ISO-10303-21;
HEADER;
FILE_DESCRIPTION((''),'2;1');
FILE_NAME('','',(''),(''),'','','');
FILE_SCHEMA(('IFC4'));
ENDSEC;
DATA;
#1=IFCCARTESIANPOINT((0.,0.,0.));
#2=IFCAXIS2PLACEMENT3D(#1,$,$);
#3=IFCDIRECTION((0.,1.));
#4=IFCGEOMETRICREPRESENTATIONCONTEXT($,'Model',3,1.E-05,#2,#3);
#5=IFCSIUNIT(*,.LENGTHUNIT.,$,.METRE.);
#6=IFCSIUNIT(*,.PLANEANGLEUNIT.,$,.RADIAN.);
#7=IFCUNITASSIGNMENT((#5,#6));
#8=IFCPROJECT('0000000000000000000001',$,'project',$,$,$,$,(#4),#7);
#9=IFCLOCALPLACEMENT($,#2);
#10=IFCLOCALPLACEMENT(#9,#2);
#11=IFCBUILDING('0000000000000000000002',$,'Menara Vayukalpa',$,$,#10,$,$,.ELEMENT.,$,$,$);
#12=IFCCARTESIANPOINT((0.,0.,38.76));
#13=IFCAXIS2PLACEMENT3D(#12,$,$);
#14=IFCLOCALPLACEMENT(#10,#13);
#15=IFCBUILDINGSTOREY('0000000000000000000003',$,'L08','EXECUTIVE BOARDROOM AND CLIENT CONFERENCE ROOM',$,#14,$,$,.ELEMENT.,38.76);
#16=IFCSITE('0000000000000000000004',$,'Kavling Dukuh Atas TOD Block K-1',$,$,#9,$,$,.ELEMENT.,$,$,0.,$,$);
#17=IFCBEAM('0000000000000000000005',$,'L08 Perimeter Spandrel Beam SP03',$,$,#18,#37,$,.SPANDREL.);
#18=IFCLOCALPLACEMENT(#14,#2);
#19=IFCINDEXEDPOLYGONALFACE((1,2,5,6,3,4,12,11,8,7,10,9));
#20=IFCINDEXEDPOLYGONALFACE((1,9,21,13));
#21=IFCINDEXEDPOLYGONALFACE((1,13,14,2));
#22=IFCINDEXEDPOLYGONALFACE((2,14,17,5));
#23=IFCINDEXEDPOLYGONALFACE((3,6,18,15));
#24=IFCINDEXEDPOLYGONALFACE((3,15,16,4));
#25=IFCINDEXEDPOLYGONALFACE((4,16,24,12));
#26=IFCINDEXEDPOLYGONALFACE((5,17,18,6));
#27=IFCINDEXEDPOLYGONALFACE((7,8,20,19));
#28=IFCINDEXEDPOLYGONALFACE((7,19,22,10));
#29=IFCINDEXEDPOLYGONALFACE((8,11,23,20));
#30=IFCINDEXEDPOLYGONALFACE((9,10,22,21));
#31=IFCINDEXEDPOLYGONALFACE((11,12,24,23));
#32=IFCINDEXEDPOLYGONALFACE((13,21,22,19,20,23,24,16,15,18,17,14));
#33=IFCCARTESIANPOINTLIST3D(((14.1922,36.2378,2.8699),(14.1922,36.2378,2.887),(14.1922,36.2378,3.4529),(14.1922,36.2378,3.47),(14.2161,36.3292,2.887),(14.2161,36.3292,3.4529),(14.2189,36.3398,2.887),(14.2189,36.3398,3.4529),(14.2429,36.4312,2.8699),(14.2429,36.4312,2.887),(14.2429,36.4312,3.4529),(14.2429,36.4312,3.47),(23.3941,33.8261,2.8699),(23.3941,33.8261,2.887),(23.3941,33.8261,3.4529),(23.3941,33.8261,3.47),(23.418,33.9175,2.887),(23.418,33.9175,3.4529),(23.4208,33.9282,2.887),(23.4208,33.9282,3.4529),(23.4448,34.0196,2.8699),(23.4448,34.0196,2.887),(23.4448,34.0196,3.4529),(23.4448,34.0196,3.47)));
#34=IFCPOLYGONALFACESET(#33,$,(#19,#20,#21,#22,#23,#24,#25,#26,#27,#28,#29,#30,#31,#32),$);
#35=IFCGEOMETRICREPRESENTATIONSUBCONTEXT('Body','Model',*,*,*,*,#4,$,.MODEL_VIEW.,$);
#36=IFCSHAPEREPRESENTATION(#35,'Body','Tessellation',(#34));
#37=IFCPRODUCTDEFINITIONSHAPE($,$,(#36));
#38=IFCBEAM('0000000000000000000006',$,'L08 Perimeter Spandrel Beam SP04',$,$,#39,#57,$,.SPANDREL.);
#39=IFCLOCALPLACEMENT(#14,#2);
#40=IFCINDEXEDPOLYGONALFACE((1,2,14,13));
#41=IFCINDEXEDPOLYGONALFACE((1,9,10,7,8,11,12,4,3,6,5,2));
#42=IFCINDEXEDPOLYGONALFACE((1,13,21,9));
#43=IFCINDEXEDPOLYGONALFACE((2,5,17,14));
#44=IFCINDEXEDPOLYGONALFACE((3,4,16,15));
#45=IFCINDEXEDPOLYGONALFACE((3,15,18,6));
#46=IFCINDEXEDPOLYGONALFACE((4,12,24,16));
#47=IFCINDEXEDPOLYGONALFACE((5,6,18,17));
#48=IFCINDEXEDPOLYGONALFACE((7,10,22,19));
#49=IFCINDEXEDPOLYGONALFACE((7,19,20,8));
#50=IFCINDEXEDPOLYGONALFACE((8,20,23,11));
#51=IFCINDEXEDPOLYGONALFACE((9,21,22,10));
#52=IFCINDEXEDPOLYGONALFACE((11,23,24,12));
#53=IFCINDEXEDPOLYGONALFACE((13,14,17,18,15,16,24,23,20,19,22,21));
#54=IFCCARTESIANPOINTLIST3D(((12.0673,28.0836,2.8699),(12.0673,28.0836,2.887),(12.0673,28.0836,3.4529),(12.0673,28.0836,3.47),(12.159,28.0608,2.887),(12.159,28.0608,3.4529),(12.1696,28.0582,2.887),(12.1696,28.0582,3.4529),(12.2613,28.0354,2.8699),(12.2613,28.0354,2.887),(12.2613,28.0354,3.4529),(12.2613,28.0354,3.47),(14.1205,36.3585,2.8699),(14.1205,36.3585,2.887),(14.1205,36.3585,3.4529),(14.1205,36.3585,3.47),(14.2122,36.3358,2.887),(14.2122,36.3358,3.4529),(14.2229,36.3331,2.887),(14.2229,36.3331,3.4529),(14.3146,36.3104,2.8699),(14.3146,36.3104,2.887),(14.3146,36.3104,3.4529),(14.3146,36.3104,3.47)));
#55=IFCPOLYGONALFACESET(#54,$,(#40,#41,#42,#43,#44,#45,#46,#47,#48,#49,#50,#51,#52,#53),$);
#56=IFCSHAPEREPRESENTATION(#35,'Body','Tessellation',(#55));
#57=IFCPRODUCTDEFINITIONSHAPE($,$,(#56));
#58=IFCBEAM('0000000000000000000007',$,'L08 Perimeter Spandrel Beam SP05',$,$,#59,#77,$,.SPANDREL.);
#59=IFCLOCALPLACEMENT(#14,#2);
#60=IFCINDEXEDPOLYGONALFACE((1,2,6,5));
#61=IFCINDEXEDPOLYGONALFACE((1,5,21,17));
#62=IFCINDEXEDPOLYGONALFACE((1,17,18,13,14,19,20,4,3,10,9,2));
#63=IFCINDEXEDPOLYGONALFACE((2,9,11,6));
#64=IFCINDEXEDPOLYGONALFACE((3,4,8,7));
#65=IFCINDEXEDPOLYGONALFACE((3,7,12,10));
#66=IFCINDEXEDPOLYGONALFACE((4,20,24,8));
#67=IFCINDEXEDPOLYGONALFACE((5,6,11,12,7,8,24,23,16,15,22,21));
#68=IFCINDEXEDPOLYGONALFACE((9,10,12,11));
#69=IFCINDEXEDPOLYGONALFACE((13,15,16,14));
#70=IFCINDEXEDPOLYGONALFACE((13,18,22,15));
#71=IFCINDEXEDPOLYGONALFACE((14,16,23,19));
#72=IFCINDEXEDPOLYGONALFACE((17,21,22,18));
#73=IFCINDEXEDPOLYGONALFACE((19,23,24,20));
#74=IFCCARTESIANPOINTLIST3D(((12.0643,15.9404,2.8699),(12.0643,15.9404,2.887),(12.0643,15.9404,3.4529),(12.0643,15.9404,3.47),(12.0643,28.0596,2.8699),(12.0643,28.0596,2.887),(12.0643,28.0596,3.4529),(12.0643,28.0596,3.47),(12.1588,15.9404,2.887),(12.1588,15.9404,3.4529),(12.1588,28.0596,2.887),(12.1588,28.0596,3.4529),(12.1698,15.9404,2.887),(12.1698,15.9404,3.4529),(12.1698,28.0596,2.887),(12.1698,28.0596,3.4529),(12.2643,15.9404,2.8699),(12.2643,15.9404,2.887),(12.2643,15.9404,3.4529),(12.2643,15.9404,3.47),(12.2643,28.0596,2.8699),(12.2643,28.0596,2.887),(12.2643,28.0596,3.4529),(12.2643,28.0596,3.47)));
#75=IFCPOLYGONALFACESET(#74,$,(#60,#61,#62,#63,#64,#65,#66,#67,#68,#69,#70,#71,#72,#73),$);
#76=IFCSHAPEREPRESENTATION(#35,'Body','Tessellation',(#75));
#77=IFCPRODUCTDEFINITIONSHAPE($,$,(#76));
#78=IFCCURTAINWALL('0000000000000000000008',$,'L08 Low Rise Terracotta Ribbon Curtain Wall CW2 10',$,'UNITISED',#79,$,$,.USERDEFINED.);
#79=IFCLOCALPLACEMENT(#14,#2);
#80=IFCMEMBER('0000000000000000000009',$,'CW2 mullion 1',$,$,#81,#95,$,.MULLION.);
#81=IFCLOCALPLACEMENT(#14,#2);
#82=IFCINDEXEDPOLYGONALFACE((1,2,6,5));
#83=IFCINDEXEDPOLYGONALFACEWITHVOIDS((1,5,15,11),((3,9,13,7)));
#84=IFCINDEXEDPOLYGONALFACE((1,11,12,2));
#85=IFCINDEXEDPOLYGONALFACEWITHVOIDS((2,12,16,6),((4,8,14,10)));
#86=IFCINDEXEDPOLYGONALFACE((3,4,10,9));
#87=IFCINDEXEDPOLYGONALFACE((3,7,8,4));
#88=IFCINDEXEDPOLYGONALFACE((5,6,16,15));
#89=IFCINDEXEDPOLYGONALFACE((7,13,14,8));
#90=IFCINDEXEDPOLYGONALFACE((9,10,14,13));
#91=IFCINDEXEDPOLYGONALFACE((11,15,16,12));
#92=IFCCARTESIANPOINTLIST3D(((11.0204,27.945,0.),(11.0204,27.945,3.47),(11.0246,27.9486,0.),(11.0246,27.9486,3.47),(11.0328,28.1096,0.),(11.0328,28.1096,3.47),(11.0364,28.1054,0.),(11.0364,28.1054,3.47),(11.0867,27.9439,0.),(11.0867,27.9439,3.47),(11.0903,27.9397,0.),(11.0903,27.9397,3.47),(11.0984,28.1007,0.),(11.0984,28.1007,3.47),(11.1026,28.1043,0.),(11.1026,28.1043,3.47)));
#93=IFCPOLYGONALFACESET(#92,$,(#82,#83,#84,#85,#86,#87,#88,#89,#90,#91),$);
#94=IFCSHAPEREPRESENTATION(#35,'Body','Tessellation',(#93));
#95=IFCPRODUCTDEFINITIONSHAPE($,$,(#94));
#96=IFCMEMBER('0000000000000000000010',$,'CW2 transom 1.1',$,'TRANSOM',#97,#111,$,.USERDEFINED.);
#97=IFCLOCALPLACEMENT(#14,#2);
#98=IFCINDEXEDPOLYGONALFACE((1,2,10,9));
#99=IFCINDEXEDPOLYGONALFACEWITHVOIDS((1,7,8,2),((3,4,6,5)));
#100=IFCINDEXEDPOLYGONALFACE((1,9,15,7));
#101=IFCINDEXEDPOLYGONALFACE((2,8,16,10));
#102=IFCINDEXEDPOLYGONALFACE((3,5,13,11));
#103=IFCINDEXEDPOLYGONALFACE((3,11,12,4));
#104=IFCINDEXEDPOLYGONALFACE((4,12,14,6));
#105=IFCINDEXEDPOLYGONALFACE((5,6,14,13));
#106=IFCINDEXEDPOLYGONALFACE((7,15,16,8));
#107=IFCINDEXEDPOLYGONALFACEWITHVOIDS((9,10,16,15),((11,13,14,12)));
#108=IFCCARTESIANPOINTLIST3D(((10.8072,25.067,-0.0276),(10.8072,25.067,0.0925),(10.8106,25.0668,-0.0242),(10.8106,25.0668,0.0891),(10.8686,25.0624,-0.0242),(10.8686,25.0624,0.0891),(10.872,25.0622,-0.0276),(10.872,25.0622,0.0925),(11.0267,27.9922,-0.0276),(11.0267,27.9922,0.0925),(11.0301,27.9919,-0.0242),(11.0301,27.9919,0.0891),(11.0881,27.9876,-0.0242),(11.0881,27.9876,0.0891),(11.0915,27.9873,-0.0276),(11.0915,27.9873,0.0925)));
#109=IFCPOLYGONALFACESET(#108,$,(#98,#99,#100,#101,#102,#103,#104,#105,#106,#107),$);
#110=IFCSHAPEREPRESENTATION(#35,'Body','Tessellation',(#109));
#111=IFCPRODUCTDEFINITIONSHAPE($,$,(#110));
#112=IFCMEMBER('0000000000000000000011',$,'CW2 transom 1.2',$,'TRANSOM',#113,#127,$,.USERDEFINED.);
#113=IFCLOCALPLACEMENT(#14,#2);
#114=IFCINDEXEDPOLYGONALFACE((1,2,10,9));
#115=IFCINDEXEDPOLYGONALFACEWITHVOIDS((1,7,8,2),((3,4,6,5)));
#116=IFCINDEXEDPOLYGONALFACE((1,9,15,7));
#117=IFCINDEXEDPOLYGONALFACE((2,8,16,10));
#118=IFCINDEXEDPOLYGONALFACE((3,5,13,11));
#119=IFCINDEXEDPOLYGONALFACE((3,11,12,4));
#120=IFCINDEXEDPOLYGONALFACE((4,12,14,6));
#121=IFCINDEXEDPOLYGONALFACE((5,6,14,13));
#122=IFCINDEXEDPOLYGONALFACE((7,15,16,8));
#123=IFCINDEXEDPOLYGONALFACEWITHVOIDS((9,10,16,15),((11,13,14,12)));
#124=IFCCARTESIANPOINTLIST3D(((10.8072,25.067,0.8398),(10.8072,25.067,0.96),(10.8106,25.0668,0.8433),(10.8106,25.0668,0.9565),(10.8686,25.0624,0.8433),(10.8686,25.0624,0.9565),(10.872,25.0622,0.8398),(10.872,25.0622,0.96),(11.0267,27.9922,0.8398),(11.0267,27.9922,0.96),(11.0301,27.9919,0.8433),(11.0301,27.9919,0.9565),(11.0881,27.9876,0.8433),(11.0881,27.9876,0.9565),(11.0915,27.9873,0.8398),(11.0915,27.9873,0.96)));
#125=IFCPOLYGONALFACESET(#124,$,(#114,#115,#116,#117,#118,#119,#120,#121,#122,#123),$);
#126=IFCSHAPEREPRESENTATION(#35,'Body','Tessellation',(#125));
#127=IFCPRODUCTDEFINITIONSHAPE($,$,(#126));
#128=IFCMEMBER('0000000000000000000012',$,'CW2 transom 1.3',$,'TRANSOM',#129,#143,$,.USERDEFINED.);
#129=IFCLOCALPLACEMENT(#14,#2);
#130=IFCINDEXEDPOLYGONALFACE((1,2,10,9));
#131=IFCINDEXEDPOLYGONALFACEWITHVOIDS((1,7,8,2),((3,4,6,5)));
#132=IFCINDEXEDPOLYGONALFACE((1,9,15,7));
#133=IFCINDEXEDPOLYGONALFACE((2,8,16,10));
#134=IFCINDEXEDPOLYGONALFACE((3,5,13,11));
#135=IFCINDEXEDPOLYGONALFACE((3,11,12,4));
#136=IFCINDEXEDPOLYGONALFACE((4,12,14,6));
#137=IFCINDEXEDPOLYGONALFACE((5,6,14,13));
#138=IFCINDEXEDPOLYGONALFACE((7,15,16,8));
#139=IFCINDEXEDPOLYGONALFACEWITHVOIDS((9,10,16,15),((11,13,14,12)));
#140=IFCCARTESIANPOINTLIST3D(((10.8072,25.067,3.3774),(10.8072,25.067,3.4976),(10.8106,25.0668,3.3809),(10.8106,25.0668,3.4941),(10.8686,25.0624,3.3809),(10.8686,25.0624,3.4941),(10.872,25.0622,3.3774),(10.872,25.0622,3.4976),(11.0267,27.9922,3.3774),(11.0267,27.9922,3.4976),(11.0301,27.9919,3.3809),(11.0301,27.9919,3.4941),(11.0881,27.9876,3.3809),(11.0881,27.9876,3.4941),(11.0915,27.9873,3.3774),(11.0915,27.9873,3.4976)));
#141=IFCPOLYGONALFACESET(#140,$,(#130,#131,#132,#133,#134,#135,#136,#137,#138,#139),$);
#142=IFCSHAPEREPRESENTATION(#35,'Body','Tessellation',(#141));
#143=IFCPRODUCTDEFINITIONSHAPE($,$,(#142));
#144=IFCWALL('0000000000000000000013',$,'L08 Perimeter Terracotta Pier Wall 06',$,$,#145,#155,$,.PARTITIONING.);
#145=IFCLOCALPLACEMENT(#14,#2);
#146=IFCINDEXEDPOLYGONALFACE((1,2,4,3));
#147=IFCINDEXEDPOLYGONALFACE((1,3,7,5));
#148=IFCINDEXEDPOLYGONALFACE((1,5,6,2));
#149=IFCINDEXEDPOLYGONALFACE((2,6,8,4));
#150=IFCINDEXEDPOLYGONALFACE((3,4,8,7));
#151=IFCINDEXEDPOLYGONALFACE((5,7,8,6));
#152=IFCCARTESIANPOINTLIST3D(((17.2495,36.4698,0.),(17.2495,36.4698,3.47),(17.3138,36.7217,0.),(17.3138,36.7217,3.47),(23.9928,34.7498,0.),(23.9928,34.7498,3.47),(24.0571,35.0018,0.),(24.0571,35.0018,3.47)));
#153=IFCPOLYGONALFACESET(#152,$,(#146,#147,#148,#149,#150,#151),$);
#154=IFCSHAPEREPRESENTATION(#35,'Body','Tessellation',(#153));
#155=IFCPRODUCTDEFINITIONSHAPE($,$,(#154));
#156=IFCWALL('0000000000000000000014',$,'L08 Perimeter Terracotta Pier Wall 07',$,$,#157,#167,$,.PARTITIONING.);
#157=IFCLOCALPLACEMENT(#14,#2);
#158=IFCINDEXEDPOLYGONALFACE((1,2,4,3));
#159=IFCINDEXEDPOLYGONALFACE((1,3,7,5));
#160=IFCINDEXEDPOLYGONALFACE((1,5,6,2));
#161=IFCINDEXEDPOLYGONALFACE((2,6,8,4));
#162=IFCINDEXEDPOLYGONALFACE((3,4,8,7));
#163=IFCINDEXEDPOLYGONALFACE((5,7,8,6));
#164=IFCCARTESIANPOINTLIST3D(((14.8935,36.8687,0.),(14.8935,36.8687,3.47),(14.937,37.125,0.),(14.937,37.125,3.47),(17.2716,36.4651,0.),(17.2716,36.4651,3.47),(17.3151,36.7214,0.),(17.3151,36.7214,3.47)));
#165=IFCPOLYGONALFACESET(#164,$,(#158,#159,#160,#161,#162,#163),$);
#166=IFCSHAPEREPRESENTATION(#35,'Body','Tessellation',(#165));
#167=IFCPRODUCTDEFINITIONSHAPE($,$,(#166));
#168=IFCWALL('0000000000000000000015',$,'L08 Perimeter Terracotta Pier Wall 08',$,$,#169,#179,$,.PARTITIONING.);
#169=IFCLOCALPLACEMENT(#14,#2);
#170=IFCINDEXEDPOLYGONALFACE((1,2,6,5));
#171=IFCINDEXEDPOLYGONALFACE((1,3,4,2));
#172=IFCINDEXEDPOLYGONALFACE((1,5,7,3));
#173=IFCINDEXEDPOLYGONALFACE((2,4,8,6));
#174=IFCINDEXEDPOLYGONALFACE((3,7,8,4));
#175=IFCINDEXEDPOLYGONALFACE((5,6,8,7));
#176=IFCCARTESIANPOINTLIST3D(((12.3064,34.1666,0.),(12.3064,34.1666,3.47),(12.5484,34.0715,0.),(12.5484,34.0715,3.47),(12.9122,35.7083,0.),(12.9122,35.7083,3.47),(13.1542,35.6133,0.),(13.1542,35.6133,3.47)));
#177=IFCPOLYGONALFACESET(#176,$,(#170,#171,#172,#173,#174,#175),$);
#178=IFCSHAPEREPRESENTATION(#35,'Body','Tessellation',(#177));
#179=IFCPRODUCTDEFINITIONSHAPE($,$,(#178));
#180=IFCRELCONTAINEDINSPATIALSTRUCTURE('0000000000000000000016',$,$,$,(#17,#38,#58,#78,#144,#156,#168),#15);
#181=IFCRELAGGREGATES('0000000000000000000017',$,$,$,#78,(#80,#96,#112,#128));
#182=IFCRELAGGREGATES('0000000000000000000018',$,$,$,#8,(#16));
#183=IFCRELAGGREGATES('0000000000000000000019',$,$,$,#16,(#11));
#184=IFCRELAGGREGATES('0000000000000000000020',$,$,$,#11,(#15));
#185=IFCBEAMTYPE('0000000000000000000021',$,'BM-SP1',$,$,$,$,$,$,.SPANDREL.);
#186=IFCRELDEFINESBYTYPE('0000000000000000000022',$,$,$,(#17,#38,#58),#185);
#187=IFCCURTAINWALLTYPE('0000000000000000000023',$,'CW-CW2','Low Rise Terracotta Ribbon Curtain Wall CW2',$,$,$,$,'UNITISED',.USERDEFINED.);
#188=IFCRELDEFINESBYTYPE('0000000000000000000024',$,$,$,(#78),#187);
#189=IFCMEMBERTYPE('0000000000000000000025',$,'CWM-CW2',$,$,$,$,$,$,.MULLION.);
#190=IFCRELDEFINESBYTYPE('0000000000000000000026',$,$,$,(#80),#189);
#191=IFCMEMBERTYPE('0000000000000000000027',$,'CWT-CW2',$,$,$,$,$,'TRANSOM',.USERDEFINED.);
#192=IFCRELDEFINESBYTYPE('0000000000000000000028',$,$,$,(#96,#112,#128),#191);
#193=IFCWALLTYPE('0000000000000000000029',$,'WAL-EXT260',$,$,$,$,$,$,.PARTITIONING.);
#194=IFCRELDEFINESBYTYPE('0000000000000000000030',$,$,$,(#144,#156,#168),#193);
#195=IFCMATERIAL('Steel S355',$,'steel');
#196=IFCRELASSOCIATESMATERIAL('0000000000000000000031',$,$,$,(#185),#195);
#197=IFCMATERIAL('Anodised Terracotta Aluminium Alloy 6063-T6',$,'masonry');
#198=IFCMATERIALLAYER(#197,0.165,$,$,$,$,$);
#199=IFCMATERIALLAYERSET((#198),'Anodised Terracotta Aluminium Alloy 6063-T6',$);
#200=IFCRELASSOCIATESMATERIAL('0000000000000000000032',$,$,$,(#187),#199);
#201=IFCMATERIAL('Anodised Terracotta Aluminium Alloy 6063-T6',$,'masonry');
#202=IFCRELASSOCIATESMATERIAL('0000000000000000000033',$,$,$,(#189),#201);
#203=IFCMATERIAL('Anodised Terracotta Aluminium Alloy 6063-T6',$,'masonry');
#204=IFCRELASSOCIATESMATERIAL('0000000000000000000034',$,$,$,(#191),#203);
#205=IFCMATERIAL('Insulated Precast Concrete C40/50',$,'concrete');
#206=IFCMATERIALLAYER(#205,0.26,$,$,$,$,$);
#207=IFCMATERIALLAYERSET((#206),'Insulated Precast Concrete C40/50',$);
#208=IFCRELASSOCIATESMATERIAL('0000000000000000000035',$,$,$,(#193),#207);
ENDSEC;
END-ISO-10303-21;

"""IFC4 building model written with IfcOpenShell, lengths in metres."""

from ifc_helpers import new_model, si_unit, direction, frame, frame_2d, origin, origin_2d, place, context, subcontext, project, spatial, rectangle, hollow_rectangle, i_section, extrude, material, layer, layer_set, material_profile, profile_set, type_object, element, aggregate, save


model = new_model("IFC4")

# Units and contexts
model_context = context("Model", 3, precision=1e-05, world=origin(), true_north=direction((0.0, 1.0)))
body_context = subcontext(model_context, "Body", "Model", "MODEL_VIEW")
ifc_project = project(units=[si_unit("LENGTHUNIT", "METRE"), si_unit("PLANEANGLEUNIT", "RADIAN")], contexts=[model_context])

# Site, building, storey
site_placement = place(None, origin())
site = spatial("IfcSite", under=ifc_project, at=site_placement, Name="Kavling Dukuh Atas TOD Block K-1", CompositionType="ELEMENT", RefElevation=0.0)
building_placement = place(site_placement, origin())
building = spatial("IfcBuilding", under=site, at=building_placement, Name="Menara Vayukalpa", CompositionType="ELEMENT")
storey_placement = place(building_placement, frame((0.0, 0.0, 38.76)))
storey = spatial("IfcBuildingStorey", under=building, at=storey_placement, Name="L08", Description="EXECUTIVE BOARDROOM AND CLIENT CONFERENCE ROOM", CompositionType="ELEMENT", Elevation=38.76)

# Beams
ifc_material_1 = material(Name="Steel S355", Category="steel")
ifc_material_profile_1 = material_profile(ifc_material_1, i_section(OverallWidth=0.2, OverallDepth=0.6001, WebThickness=0.011, FlangeThickness=0.0171, at=origin_2d()), Name="WF 600x200x11x17")
ifc_profile_set_1 = profile_set([ifc_material_profile_1], Name="Steel S355")
beam_type_1 = type_object("IfcBeamType", Name="BM-SP1", PredefinedType="SPANDREL", material=ifc_profile_set_1)
beam_1_placement = place(storey_placement, frame((23.4194, 33.9229, 3.1699), z_axis=(-0.967331, 0.253517, 0.0), x_axis=(-0.253517, -0.967331, 0.0)))
element("IfcBeam", 1, at=beam_1_placement, inside=storey, type_object=beam_type_1, Name="L08 Perimeter Spandrel Beam SP03", PredefinedType="SPANDREL", context=body_context, shape_type="SweptSolid", body=[
    extrude(i_section(OverallWidth=0.2, OverallDepth=0.6001, WebThickness=0.011, FlangeThickness=0.0171, at=origin_2d()), origin(), (0.0, 0.0, 1.0), 9.5127),
])
beam_2_placement = place(storey_placement, frame((14.2175, 36.3345, 3.1699), z_axis=(-0.240824, -0.970569, 0.0), x_axis=(0.970569, -0.240824, 0.0)))
element("IfcBeam", 2, at=beam_2_placement, inside=storey, type_object=beam_type_1, Name="L08 Perimeter Spandrel Beam SP04", PredefinedType="SPANDREL", context=body_context, shape_type="SweptSolid", body=[
    extrude(i_section(OverallWidth=0.2, OverallDepth=0.6001, WebThickness=0.011, FlangeThickness=0.0171, at=origin_2d()), origin(), (0.0, 0.0, 1.0), 8.5259),
])
beam_3_placement = place(storey_placement, frame((12.1643, 28.0596, 3.1699), z_axis=(0.0, -1.0, 0.0), x_axis=(1.0, 0.0, 0.0)))
element("IfcBeam", 3, at=beam_3_placement, inside=storey, type_object=beam_type_1, Name="L08 Perimeter Spandrel Beam SP05", PredefinedType="SPANDREL", context=body_context, shape_type="SweptSolid", body=[
    extrude(i_section(OverallWidth=0.2, OverallDepth=0.6001, WebThickness=0.011, FlangeThickness=0.0171, at=origin_2d()), origin(), (0.0, 0.0, 1.0), 12.1191),
])

# Curtain wall, members
ifc_material_2 = material(Name="Anodised Terracotta Aluminium Alloy 6063-T6", Category="masonry")
ifc_layer_1 = layer(ifc_material_2, 0.165)
ifc_layer_set_1 = layer_set([ifc_layer_1], Name="Anodised Terracotta Aluminium Alloy 6063-T6")
curtain_wall_type = type_object("IfcCurtainWallType", Name="CW-CW2", Description="Low Rise Terracotta Ribbon Curtain Wall CW2", ElementType="UNITISED", PredefinedType="USERDEFINED", material=ifc_layer_set_1)
curtain_wall_placement = place(storey_placement, origin())
curtain_wall = element("IfcCurtainWall", 4, at=curtain_wall_placement, inside=storey, type_object=curtain_wall_type, Name="L08 Low Rise Terracotta Ribbon Curtain Wall CW2 10", ObjectType="UNITISED", PredefinedType="USERDEFINED")
ifc_material_3 = material(Name="Anodised Terracotta Aluminium Alloy 6063-T6", Category="masonry")
ifc_material_profile_2 = material_profile(ifc_material_3, hollow_rectangle(XDim=0.0701, YDim=0.165, WallThickness=0.0039, at=origin_2d()), Name="ALU 70x165x4")
ifc_profile_set_2 = profile_set([ifc_material_profile_2], Name="Anodised Terracotta Aluminium Alloy 6063-T6")
member_type_1 = type_object("IfcMemberType", Name="CWM-CW2", PredefinedType="MULLION", material=ifc_profile_set_2)
member_1_placement = place(storey_placement, frame((11.0615, 28.0247, 0.0), z_axis=(0.0, 0.0, 1.0), x_axis=(0.997199, -0.074795, 0.0)))
member_1 = element("IfcMember", 5, at=member_1_placement, type_object=member_type_1, Name="CW2 mullion 1", PredefinedType="MULLION", context=body_context, shape_type="SweptSolid", body=[
    extrude(hollow_rectangle(XDim=0.0701, YDim=0.165, WallThickness=0.0039, at=origin_2d()), origin(), (0.0, 0.0, 1.0), 3.47),
])
ifc_material_4 = material(Name="Anodised Terracotta Aluminium Alloy 6063-T6", Category="masonry")
ifc_material_profile_3 = material_profile(ifc_material_4, hollow_rectangle(XDim=0.0649, YDim=0.1201, WallThickness=0.0034, at=origin_2d()), Name="ALU 65x120x3.5")
ifc_profile_set_3 = profile_set([ifc_material_profile_3], Name="Anodised Terracotta Aluminium Alloy 6063-T6")
member_type_2 = type_object("IfcMemberType", Name="CWT-CW2", ElementType="TRANSOM", PredefinedType="USERDEFINED", material=ifc_profile_set_3)
member_2_placement = place(storey_placement, frame((11.0591, 27.9897, 0.0325), z_axis=(-0.074825, -0.997197, 0.0), x_axis=(0.997197, -0.074825, 0.0)))
member_2 = element("IfcMember", 6, at=member_2_placement, type_object=member_type_2, Name="CW2 transom 1.1", ObjectType="TRANSOM", PredefinedType="USERDEFINED", context=body_context, shape_type="SweptSolid", body=[
    extrude(hollow_rectangle(XDim=0.0649, YDim=0.1201, WallThickness=0.0034, at=origin_2d()), origin(), (0.0, 0.0, 1.0), 2.9333),
])
member_3_placement = place(storey_placement, frame((11.0591, 27.9897, 0.8999), z_axis=(-0.074825, -0.997197, 0.0), x_axis=(0.997197, -0.074825, 0.0)))
member_3 = element("IfcMember", 7, at=member_3_placement, type_object=member_type_2, Name="CW2 transom 1.2", ObjectType="TRANSOM", PredefinedType="USERDEFINED", context=body_context, shape_type="SweptSolid", body=[
    extrude(hollow_rectangle(XDim=0.0649, YDim=0.1201, WallThickness=0.0034, at=origin_2d()), origin(), (0.0, 0.0, 1.0), 2.9333),
])
member_4_placement = place(storey_placement, frame((11.0591, 27.9897, 3.4375), z_axis=(-0.074825, -0.997197, 0.0), x_axis=(0.997197, -0.074825, 0.0)))
member_4 = element("IfcMember", 8, at=member_4_placement, type_object=member_type_2, Name="CW2 transom 1.3", ObjectType="TRANSOM", PredefinedType="USERDEFINED", context=body_context, shape_type="SweptSolid", body=[
    extrude(hollow_rectangle(XDim=0.0649, YDim=0.1201, WallThickness=0.0034, at=origin_2d()), origin(), (0.0, 0.0, 1.0), 2.9333),
])
aggregate(curtain_wall, [member_1, member_2, member_3, member_4])

# Walls
ifc_material_5 = material(Name="Insulated Precast Concrete C40/50", Category="concrete")
ifc_layer_2 = layer(ifc_material_5, 0.26)
ifc_layer_set_2 = layer_set([ifc_layer_2], Name="Insulated Precast Concrete C40/50")
wall_type_1 = type_object("IfcWallType", Name="WAL-EXT260", PredefinedType="PARTITIONING", material=ifc_layer_set_2)
wall_1_placement = place(storey_placement, frame((17.2817, 36.5957, 0.0), z_axis=(0.0, 0.0, 1.0), x_axis=(0.968978, -0.247147, 0.0)))
element("IfcWall", 9, at=wall_1_placement, inside=storey, type_object=wall_type_1, Name="L08 Perimeter Terracotta Pier Wall 06", PredefinedType="PARTITIONING", context=body_context, shape_type="SweptSolid", body=[
    extrude(rectangle(XDim=6.9592, YDim=0.26, at=frame_2d((3.4795, 0.0))), origin(), (0.0, 0.0, 1.0), 3.47),
])
wall_2_placement = place(storey_placement, frame((14.9153, 36.9968, 0.0), z_axis=(0.0, 0.0, 1.0), x_axis=(0.985905, -0.167303, 0.0)))
element("IfcWall", 10, at=wall_2_placement, inside=storey, type_object=wall_type_1, Name="L08 Perimeter Terracotta Pier Wall 07", PredefinedType="PARTITIONING", context=body_context, shape_type="SweptSolid", body=[
    extrude(rectangle(XDim=2.4121, YDim=0.26, at=frame_2d((1.2061, 0.0))), origin(), (0.0, 0.0, 1.0), 3.47),
])
wall_3_placement = place(storey_placement, frame((12.4275, 34.1191, 0.0), z_axis=(0.0, 0.0, 1.0), x_axis=(0.365666, 0.930746, 0.0)))
element("IfcWall", 11, at=wall_3_placement, inside=storey, type_object=wall_type_1, Name="L08 Perimeter Terracotta Pier Wall 08", PredefinedType="PARTITIONING", context=body_context, shape_type="SweptSolid", body=[
    extrude(rectangle(XDim=1.6565, YDim=0.26, at=frame_2d((0.8281, 0.0))), origin(), (0.0, 0.0, 1.0), 3.47),
])

save(model, "model.ifc")
